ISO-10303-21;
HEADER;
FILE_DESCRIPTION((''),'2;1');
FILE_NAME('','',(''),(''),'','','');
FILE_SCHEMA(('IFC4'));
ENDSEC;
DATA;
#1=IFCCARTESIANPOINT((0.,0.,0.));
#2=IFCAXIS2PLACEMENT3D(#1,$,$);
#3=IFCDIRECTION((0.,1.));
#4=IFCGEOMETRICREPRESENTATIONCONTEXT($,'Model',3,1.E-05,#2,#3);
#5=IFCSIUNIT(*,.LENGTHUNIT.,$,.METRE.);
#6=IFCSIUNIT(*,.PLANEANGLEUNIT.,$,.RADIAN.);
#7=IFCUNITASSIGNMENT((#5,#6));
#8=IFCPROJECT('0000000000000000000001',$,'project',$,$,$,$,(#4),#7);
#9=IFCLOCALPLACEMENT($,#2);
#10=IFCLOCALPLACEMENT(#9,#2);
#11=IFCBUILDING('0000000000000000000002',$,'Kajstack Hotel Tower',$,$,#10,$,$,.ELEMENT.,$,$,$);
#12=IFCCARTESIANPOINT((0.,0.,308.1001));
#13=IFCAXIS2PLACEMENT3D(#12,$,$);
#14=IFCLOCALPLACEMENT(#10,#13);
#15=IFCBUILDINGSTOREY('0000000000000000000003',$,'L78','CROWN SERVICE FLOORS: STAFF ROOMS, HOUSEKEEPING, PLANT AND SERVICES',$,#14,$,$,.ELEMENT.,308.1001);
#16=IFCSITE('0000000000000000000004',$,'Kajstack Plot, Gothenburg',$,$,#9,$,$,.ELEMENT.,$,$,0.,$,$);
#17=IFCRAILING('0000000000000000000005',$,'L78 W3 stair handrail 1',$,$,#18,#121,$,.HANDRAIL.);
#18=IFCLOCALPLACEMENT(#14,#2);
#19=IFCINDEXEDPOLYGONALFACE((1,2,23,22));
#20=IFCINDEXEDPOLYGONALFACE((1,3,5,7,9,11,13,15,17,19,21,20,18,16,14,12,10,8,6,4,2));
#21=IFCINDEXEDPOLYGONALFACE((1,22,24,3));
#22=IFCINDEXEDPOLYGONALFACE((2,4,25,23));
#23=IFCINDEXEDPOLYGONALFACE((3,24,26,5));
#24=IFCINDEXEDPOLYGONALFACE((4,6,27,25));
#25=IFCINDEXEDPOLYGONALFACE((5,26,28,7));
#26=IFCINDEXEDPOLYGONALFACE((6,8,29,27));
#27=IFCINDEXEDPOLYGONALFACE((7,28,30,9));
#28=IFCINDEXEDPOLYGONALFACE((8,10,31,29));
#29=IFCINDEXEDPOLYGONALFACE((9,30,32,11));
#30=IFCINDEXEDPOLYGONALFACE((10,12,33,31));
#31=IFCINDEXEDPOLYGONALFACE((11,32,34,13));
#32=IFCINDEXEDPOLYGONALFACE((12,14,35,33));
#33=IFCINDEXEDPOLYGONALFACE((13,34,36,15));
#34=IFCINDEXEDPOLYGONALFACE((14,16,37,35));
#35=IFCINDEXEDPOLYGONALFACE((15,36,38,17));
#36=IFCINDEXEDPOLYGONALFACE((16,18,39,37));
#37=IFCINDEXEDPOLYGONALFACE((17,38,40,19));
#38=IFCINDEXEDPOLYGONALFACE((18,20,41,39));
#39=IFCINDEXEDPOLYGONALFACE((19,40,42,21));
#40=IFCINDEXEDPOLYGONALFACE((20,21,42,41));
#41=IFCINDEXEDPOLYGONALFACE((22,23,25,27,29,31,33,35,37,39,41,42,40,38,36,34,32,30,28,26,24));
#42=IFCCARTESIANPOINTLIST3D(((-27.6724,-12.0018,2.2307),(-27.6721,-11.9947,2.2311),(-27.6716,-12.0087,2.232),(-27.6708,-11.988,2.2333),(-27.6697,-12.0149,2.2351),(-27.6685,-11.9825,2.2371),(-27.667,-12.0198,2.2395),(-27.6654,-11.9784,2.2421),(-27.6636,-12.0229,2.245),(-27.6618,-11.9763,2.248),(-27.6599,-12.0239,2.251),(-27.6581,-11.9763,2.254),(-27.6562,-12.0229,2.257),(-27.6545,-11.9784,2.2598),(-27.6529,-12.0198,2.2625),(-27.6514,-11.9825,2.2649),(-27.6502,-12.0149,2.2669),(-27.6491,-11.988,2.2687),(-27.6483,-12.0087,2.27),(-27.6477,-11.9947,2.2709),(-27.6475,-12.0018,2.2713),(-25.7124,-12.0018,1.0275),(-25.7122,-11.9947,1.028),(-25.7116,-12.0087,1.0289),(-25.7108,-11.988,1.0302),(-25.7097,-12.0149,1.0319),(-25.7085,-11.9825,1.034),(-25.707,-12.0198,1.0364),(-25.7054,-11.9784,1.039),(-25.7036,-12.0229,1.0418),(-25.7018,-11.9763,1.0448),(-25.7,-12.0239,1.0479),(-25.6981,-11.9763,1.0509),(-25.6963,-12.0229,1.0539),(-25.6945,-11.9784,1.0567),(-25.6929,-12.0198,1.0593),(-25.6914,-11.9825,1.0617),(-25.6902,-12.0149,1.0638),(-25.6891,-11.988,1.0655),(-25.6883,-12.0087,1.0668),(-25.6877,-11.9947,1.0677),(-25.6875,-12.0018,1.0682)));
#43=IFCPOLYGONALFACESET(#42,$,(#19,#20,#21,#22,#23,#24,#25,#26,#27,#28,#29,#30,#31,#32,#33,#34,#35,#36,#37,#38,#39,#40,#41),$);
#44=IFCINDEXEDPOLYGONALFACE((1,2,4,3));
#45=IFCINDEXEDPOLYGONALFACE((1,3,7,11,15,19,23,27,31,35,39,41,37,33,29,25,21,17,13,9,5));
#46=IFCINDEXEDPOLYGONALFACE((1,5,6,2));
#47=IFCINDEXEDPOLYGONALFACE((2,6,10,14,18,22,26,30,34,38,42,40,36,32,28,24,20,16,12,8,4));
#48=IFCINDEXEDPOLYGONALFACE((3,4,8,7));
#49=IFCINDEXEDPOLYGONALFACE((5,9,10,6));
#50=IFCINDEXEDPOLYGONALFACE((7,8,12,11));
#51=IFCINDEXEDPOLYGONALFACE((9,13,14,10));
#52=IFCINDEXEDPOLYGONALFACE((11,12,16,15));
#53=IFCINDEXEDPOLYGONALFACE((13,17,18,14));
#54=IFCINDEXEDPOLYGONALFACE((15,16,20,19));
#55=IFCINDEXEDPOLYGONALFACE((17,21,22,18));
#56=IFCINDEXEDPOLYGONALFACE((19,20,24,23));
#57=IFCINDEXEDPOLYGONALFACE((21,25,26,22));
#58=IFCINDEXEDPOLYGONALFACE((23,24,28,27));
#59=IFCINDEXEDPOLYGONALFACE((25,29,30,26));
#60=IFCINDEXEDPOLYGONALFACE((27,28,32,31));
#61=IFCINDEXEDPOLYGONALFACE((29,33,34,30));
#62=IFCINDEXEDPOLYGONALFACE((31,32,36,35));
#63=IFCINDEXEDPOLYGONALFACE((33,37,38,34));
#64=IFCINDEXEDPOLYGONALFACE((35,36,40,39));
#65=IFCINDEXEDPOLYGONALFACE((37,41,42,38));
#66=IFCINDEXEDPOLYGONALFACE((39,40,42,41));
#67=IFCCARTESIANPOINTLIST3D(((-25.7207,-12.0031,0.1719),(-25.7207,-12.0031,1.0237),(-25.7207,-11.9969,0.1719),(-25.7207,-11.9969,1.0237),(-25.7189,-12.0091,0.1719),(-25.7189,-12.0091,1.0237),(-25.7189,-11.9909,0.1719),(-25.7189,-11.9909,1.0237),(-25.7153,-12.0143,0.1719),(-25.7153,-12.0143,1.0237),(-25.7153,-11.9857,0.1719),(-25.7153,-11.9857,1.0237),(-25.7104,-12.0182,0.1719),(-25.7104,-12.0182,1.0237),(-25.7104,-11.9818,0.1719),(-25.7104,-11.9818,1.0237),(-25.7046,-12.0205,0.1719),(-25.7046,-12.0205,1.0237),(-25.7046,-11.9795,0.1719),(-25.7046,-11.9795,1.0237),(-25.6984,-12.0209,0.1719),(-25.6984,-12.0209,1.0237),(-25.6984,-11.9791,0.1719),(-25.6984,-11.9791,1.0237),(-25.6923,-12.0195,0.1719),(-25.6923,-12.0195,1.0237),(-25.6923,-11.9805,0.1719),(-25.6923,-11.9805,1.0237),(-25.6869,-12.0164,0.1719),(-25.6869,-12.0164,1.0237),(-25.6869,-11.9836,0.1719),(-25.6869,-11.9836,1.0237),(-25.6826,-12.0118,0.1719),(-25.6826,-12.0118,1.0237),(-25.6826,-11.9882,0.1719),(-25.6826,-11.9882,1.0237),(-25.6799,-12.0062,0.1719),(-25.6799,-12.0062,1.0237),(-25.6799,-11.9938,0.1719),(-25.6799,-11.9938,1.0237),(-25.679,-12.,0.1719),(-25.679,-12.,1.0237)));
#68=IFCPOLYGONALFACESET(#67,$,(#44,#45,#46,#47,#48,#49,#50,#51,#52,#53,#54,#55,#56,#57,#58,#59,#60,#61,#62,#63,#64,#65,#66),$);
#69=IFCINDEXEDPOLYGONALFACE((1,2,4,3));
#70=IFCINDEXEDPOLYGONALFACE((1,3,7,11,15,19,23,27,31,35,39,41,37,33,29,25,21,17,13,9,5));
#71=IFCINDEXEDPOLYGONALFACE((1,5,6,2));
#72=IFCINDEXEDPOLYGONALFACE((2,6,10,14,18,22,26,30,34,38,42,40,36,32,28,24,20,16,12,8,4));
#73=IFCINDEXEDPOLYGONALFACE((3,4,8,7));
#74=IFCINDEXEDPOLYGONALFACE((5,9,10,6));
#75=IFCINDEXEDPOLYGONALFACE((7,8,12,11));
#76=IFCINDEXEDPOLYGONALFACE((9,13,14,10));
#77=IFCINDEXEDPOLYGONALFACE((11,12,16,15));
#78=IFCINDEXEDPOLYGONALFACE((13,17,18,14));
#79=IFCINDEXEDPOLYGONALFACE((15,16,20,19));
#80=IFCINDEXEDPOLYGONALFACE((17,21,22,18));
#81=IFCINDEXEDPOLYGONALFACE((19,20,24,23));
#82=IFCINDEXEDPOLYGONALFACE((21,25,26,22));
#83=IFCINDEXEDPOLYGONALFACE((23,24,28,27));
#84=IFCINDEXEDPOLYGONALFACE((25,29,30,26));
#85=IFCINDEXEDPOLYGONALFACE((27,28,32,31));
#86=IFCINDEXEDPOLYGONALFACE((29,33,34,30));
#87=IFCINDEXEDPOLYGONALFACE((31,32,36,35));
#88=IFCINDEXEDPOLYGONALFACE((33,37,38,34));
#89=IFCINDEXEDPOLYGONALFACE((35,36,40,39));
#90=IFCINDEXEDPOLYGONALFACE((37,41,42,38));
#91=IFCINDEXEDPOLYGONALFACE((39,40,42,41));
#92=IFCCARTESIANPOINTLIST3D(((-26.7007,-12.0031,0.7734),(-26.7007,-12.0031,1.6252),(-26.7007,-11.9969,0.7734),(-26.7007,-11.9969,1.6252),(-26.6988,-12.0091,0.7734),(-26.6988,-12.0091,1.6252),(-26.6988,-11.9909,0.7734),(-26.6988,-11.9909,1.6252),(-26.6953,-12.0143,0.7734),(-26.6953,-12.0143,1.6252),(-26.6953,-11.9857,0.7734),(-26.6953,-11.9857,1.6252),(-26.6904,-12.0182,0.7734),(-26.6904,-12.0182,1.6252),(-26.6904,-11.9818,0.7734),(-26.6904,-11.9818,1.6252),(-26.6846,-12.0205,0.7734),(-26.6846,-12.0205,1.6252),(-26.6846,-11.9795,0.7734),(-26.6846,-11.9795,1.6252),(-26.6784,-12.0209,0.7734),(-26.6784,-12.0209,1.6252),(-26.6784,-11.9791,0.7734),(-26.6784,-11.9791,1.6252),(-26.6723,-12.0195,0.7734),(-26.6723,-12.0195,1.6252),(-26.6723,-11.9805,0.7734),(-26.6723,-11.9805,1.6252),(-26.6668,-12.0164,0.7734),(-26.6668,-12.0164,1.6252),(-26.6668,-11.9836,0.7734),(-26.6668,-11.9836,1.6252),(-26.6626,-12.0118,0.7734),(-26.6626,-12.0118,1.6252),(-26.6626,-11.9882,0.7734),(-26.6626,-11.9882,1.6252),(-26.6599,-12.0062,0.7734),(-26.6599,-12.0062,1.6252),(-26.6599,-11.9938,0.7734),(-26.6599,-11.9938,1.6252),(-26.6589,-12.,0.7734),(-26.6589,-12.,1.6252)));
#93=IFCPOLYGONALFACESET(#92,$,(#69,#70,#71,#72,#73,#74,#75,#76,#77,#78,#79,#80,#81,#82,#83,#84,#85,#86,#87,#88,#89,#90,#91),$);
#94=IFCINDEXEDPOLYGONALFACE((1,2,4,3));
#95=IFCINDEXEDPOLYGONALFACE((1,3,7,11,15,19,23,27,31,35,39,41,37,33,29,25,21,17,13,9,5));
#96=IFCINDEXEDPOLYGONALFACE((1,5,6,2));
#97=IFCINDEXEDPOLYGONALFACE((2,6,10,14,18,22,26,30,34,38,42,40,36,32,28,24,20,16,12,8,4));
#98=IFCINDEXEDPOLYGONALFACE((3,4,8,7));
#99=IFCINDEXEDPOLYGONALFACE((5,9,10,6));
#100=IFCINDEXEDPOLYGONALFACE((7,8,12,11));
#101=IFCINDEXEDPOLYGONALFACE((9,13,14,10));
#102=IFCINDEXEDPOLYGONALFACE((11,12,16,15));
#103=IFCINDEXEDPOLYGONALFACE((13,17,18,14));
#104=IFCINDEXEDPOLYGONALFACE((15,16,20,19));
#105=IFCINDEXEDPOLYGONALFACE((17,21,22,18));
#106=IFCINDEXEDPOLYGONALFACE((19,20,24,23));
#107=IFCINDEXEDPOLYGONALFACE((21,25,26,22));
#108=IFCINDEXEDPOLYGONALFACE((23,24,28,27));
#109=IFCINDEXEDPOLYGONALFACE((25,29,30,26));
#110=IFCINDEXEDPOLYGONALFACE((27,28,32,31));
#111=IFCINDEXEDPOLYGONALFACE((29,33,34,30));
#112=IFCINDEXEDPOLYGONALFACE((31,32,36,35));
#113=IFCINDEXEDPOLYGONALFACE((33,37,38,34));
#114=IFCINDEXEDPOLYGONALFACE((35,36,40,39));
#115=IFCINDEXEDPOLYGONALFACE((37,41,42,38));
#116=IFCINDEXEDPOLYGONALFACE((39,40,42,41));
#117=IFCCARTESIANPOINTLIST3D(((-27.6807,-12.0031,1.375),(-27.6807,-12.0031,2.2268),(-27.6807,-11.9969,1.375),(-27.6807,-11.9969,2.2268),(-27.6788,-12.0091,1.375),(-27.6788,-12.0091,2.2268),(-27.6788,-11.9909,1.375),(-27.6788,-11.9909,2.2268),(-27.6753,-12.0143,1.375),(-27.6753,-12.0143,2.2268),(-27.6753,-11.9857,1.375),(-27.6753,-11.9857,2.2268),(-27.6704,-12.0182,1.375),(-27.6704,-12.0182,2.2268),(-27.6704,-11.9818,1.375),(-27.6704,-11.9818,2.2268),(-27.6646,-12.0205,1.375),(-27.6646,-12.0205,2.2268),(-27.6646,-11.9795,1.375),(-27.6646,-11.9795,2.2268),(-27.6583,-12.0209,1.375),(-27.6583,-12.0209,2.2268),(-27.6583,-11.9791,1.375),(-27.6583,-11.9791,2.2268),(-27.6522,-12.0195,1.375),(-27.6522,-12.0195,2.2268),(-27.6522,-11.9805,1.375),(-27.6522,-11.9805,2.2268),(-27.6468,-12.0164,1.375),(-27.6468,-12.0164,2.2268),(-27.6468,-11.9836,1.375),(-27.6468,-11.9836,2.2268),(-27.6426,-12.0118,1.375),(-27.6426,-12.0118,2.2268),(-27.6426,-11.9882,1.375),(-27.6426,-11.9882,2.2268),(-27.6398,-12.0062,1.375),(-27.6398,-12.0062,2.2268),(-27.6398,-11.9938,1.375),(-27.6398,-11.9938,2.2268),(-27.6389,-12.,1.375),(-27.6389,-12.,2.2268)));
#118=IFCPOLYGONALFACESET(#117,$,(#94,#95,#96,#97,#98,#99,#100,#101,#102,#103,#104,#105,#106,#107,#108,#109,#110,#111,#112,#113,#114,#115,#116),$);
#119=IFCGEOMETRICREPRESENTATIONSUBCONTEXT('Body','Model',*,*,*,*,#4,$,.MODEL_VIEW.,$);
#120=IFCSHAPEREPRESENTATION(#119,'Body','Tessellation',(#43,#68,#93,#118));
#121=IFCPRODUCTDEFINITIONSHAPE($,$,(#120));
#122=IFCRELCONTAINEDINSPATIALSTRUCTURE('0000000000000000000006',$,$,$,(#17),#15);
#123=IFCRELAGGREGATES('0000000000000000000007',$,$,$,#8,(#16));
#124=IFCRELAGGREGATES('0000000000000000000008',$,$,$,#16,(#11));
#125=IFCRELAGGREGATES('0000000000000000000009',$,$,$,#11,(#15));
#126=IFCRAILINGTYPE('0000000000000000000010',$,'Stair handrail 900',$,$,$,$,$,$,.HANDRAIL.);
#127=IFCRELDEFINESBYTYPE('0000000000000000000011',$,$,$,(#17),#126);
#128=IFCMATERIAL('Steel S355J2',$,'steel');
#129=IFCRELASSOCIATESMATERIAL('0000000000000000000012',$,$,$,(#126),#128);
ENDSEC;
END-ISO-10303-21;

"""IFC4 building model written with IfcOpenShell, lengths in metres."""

from ifc_helpers import new_model, si_unit, direction, frame, origin, origin_2d, place, context, subcontext, project, spatial, circle, extrude, material, type_object, element, save


model = new_model("IFC4")

# Units and contexts
model_context = context("Model", 3, precision=1e-05, world=origin(), true_north=direction((0.0, 1.0)))
body_context = subcontext(model_context, "Body", "Model", "MODEL_VIEW")
ifc_project = project(units=[si_unit("LENGTHUNIT", "METRE"), si_unit("PLANEANGLEUNIT", "RADIAN")], contexts=[model_context])

# Site, building, storey
site_placement = place(None, origin())
site = spatial("IfcSite", under=ifc_project, at=site_placement, Name="Kajstack Plot, Gothenburg", CompositionType="ELEMENT", RefElevation=0.0)
building_placement = place(site_placement, origin())
building = spatial("IfcBuilding", under=site, at=building_placement, Name="Kajstack Hotel Tower", CompositionType="ELEMENT")
storey_placement = place(building_placement, frame((0.0, 0.0, 308.1001)))
storey = spatial("IfcBuildingStorey", under=building, at=storey_placement, Name="L78", Description="CROWN SERVICE FLOORS: STAFF ROOMS, HOUSEKEEPING, PLANT AND SERVICES", CompositionType="ELEMENT", Elevation=308.1001)

# Railing
ifc_material_1 = material(Name="Steel S355J2", Category="steel")
railing_type_1 = type_object("IfcRailingType", Name="Stair handrail 900", PredefinedType="HANDRAIL", material=ifc_material_1)
railing_1_placement = place(storey_placement, frame((-25.7, -12.0, 0.1719)))
element("IfcRailing", 1, at=railing_1_placement, inside=storey, type_object=railing_type_1, Name="L78 W3 stair handrail 1", PredefinedType="HANDRAIL", context=body_context, shape_type="SweptSolid", body=[
    extrude(circle(Radius=0.0239, at=origin_2d()), frame((0.0, 0.0, 0.876), z_axis=(-0.852241, 0.0, 0.523149), x_axis=(0.0, -1.0, 0.0)), (0.0, 0.0, 1.0), 2.2998),
    extrude(circle(Radius=0.021, at=origin_2d()), origin(), (0.0, 0.0, 1.0), 0.8518),
    extrude(circle(Radius=0.021, at=origin_2d()), frame((-0.98, 0.0, 0.6016)), (0.0, 0.0, 1.0), 0.8518),
    extrude(circle(Radius=0.021, at=origin_2d()), frame((-1.96, 0.0, 1.2031)), (0.0, 0.0, 1.0), 0.8518),
])

save(model, "model.ifc")
